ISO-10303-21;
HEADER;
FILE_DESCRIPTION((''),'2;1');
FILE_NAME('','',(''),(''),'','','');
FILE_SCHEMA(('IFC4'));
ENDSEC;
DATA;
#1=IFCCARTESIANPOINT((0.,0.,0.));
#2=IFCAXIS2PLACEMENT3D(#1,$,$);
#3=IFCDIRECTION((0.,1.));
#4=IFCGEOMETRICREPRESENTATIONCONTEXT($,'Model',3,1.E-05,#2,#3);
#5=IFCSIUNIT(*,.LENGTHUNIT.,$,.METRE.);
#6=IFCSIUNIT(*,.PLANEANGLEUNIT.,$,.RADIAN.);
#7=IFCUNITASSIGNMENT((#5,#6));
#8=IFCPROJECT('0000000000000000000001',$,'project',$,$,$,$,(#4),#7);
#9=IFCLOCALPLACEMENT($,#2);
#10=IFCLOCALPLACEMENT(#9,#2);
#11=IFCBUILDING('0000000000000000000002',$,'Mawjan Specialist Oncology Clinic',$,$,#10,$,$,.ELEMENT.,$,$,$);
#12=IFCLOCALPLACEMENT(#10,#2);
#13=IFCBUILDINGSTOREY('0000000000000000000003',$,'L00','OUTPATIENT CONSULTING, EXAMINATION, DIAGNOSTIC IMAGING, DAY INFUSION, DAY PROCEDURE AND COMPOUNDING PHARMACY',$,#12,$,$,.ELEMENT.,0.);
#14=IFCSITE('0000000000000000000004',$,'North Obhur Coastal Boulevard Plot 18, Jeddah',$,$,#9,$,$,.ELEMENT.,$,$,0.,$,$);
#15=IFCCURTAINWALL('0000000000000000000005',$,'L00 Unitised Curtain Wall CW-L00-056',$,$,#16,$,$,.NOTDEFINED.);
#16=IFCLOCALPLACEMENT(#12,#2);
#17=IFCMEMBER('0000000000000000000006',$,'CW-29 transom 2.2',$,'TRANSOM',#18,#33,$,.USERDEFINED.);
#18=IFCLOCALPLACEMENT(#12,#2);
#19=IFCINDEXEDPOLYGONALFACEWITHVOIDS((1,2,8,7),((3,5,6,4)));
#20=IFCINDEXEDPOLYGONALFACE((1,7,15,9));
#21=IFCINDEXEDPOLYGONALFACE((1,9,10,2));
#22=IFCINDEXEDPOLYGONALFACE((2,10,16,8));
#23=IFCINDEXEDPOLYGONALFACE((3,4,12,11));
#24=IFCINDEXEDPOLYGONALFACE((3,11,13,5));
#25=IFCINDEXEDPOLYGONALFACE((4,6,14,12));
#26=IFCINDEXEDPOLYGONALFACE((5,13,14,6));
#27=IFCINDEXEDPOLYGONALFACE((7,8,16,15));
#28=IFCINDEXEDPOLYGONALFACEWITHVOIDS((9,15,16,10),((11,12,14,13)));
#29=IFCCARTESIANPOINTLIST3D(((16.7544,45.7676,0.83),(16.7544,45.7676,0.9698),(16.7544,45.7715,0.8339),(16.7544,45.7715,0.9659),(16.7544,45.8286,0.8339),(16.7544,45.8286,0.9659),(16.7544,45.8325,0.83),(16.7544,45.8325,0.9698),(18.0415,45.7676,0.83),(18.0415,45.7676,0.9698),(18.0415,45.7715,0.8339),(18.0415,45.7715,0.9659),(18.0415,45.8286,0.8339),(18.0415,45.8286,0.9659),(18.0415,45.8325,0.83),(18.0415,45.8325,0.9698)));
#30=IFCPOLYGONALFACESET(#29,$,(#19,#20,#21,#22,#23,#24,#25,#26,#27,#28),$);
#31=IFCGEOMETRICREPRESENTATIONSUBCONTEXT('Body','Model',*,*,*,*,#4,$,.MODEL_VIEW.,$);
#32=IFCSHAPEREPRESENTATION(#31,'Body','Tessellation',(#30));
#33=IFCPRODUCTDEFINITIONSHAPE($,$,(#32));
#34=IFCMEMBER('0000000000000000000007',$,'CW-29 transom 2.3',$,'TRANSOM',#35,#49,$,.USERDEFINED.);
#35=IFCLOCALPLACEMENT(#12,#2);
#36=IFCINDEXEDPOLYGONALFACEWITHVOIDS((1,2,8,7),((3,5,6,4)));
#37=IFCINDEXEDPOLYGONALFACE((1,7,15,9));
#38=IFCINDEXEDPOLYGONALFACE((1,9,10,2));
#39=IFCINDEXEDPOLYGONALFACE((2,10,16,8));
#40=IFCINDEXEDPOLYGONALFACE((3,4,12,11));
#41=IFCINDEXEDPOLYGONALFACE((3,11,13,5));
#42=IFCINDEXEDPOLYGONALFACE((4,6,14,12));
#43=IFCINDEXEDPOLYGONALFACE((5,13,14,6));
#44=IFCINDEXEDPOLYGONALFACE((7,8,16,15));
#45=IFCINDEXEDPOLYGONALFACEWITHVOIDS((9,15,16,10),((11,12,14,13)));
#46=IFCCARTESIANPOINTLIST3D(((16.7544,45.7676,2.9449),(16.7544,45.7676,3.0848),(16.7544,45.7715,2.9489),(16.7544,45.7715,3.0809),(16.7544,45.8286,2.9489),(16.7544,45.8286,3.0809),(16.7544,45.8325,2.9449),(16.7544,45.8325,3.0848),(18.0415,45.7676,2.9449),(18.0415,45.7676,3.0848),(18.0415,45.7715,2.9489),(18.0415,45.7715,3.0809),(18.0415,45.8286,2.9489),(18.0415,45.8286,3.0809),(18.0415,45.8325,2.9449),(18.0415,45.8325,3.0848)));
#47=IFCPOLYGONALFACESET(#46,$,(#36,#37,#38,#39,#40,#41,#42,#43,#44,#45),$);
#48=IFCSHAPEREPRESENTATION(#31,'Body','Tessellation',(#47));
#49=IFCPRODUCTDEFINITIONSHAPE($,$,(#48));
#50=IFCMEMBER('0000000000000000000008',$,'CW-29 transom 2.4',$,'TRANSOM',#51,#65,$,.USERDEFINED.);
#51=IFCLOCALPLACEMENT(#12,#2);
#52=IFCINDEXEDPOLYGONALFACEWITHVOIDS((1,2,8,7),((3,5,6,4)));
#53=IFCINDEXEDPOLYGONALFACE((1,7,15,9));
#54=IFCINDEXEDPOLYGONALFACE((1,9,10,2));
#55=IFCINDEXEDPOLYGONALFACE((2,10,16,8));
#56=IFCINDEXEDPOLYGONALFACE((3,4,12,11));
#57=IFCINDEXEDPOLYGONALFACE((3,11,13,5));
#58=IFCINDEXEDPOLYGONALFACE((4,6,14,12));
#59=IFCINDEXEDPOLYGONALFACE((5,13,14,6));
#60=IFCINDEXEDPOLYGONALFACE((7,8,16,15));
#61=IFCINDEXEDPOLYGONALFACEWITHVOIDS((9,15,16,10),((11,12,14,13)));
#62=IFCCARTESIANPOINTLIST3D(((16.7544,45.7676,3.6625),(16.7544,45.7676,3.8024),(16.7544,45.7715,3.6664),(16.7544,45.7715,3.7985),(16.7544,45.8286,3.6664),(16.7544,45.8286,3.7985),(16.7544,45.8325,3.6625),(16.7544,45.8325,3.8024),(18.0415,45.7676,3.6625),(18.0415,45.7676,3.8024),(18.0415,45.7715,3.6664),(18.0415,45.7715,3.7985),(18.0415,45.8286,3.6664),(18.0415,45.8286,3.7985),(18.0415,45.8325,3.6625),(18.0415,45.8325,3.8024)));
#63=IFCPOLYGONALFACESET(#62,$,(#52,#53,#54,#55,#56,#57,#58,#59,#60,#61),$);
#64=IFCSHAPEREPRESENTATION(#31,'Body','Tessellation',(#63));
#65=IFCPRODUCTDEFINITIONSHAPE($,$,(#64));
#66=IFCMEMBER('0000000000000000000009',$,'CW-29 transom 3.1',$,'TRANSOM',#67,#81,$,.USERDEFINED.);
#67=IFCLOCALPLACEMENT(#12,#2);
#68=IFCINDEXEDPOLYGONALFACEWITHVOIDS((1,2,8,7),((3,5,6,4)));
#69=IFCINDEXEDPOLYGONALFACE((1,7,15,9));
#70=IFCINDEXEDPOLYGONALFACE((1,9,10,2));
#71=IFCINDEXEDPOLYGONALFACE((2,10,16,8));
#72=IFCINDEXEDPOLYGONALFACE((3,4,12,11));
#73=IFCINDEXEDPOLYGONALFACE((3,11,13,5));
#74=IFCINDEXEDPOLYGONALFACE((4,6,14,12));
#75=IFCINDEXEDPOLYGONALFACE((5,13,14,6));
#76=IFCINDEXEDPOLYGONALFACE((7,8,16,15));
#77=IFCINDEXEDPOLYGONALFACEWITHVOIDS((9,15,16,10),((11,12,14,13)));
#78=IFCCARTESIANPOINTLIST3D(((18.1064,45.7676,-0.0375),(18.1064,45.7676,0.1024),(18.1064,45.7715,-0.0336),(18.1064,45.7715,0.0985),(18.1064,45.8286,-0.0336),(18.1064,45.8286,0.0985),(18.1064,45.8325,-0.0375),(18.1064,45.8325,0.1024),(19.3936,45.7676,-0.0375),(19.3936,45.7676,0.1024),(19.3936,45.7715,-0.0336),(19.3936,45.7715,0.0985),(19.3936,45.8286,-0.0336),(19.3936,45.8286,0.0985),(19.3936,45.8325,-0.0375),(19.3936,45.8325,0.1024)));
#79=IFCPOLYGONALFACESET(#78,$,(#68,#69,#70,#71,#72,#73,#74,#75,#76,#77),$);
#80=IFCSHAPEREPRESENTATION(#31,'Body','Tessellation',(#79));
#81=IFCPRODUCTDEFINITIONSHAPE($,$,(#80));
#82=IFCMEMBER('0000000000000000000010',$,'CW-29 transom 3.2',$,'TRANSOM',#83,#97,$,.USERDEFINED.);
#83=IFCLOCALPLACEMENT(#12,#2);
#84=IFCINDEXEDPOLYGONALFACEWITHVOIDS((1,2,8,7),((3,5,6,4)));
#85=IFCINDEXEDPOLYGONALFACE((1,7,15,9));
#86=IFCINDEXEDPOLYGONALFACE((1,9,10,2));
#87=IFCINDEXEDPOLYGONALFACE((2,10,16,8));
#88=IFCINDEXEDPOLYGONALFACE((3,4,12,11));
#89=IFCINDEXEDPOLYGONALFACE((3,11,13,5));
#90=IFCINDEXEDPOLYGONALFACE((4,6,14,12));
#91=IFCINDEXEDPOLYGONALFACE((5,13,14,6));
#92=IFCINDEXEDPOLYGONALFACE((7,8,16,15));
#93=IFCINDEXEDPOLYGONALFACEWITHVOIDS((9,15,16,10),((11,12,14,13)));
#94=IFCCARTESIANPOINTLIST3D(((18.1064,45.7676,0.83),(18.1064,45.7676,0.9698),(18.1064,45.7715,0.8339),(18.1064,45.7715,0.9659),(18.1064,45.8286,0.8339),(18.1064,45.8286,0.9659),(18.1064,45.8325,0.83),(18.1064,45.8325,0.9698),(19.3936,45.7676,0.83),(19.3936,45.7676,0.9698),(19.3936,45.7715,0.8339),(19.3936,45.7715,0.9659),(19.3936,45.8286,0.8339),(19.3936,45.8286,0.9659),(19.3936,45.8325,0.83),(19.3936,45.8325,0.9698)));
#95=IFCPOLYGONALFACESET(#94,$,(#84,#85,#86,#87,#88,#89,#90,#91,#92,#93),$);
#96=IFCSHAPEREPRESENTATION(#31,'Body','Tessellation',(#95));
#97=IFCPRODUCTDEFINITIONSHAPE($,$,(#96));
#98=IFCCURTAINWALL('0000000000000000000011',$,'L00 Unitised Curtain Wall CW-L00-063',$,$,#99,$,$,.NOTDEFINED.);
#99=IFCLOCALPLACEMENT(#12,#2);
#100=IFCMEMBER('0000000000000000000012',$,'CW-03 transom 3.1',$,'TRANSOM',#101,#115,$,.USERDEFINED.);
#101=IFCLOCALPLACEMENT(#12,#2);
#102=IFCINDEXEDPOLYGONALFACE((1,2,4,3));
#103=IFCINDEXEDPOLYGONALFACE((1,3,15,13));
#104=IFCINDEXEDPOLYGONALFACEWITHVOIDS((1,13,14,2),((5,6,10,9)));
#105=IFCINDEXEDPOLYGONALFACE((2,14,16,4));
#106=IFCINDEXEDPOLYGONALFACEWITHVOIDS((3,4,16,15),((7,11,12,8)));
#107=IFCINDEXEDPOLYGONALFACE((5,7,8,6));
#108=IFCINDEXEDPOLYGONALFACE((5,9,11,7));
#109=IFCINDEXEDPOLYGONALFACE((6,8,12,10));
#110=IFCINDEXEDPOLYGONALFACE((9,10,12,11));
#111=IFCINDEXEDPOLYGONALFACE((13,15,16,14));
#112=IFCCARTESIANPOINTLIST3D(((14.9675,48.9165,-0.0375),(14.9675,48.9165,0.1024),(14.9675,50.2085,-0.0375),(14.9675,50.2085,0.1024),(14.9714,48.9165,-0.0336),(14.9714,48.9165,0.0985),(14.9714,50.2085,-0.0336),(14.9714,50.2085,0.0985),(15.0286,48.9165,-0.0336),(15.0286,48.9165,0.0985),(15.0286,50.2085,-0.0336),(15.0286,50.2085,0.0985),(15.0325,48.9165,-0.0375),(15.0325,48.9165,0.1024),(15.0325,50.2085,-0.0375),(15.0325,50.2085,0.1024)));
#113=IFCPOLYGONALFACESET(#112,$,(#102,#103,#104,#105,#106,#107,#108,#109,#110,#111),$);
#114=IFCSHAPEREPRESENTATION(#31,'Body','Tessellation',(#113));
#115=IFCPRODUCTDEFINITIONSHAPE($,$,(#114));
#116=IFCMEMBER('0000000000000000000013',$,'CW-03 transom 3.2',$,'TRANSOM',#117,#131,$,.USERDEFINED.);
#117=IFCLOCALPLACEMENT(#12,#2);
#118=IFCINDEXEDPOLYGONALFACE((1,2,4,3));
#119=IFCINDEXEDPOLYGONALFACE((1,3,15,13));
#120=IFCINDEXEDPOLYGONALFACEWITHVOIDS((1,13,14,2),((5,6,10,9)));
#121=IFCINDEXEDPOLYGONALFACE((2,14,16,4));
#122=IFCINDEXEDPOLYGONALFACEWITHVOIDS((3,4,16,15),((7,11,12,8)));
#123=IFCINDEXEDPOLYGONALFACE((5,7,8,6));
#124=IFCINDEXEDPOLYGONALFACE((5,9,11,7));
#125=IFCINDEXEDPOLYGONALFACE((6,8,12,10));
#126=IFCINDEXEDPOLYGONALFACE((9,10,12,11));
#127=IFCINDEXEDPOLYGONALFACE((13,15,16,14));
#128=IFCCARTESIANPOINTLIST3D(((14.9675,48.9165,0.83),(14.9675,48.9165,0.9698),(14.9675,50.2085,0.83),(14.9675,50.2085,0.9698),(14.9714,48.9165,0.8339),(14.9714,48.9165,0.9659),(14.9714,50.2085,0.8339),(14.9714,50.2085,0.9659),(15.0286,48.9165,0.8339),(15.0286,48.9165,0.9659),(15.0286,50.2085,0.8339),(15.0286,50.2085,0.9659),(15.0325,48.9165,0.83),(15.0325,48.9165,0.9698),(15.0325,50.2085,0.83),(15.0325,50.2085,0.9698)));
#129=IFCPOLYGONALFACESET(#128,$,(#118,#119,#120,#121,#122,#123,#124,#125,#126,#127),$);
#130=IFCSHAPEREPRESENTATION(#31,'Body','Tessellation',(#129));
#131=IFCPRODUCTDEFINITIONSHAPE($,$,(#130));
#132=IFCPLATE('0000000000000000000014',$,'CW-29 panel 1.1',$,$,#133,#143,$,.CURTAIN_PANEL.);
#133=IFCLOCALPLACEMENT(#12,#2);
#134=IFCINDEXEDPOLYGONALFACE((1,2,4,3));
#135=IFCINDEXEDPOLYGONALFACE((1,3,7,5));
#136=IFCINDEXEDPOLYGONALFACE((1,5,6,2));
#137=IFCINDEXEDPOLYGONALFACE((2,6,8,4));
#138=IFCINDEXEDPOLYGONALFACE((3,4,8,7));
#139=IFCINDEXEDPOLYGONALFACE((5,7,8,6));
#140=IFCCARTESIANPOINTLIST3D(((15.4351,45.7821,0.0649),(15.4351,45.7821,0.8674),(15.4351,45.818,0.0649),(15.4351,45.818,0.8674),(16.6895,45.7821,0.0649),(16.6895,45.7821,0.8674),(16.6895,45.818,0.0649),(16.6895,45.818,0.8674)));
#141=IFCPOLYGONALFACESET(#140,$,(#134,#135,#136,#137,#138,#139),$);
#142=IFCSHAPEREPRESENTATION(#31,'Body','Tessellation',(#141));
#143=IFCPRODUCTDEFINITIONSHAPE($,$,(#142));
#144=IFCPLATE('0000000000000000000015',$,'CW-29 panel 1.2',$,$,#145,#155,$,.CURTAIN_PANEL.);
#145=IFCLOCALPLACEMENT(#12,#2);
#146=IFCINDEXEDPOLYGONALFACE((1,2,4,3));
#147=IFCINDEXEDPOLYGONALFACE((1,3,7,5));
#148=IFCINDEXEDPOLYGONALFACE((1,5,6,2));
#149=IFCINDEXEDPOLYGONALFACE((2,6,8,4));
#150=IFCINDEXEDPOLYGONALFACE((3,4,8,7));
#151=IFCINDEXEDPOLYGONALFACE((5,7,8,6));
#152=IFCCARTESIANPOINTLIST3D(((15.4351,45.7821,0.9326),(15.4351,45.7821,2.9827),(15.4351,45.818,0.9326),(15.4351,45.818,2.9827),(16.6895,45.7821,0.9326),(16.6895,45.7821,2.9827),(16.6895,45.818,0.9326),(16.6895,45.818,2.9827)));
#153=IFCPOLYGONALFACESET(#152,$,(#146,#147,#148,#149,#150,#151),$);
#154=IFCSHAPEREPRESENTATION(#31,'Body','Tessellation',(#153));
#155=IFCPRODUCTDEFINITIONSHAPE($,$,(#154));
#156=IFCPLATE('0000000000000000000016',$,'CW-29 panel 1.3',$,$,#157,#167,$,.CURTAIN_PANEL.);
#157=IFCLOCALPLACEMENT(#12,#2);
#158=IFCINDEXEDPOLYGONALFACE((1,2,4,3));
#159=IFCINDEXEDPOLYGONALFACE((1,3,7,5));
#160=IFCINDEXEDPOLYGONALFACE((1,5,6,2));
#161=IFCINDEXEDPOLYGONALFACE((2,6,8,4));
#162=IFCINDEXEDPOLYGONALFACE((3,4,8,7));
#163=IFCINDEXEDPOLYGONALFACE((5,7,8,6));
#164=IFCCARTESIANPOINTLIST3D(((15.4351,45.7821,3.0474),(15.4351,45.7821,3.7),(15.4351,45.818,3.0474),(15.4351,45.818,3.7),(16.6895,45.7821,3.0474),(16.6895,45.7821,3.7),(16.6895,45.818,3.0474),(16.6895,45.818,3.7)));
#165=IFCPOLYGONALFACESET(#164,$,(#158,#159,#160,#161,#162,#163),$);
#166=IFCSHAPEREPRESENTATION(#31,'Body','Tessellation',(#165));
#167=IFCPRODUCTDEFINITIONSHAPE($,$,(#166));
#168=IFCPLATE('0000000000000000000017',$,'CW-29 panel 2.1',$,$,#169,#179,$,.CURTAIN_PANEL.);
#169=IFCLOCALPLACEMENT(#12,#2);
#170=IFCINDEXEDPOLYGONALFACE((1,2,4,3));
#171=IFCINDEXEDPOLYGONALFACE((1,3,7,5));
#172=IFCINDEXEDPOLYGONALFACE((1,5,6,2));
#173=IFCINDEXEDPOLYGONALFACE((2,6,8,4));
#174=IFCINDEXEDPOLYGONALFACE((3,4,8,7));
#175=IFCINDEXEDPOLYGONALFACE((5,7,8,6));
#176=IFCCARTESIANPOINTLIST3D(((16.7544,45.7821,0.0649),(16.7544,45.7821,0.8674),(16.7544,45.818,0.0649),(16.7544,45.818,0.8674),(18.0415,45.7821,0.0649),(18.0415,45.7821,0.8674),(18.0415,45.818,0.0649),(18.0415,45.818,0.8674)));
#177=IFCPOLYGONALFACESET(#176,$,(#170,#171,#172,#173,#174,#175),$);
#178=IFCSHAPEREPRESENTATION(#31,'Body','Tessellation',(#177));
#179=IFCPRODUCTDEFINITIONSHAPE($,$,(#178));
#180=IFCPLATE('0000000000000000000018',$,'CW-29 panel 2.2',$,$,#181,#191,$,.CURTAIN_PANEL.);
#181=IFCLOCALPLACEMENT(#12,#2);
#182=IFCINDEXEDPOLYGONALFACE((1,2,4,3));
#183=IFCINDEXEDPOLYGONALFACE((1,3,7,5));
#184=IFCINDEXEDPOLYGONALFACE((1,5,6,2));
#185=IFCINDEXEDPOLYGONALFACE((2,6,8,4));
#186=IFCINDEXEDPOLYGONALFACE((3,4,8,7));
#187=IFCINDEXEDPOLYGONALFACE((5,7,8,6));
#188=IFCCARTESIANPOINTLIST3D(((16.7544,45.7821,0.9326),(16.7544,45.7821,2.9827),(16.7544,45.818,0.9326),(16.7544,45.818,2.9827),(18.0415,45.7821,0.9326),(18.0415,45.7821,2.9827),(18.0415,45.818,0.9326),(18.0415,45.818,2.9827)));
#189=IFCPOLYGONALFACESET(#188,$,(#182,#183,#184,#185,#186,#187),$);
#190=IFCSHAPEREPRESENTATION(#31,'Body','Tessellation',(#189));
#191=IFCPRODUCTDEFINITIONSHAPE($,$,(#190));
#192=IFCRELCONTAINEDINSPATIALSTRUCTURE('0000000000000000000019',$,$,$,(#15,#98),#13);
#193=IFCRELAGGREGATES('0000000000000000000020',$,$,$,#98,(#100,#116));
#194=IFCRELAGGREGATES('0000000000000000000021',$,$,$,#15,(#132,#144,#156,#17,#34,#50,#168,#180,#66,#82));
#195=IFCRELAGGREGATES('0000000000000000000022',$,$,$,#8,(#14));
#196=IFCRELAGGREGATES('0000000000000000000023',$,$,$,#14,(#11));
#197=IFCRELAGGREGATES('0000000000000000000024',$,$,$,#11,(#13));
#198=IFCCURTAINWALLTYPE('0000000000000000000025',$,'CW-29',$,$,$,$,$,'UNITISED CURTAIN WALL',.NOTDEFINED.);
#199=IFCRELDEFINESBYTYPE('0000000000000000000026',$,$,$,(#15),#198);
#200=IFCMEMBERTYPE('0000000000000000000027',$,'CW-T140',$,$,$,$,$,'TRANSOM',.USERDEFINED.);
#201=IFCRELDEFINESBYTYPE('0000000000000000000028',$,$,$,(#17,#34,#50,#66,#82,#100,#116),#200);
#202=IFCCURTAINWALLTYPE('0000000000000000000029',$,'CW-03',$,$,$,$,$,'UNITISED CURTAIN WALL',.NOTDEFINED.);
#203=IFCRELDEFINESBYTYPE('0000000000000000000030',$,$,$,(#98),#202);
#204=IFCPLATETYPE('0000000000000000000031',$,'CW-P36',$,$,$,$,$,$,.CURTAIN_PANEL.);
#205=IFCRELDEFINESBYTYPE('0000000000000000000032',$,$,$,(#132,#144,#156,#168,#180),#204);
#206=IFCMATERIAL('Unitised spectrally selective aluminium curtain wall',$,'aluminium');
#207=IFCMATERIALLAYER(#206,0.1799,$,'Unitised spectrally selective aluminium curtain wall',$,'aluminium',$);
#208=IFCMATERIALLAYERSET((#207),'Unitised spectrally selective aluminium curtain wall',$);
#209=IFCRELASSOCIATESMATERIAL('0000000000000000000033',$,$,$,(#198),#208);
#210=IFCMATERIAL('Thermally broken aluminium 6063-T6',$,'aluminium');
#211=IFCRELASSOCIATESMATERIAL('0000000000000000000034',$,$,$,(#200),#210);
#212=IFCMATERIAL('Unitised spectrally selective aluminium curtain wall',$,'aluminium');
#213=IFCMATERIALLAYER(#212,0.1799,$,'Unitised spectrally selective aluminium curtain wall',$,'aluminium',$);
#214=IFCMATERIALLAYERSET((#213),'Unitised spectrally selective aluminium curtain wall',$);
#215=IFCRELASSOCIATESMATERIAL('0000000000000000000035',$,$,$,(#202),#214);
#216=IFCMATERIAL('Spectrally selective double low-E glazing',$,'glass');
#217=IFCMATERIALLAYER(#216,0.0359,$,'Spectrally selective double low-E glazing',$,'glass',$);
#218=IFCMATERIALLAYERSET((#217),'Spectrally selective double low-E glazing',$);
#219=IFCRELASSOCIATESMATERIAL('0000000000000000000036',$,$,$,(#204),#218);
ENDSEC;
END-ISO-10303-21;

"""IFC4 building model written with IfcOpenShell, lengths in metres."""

from ifc_helpers import new_model, si_unit, direction, frame, origin, origin_2d, place, context, subcontext, project, spatial, rectangle, hollow_rectangle, extrude, material, layer, layer_set, material_profile, profile_set, type_object, element, aggregate, save


model = new_model("IFC4")

# Units and contexts
model_context = context("Model", 3, precision=1e-05, world=origin(), true_north=direction((0.0, 1.0)))
body_context = subcontext(model_context, "Body", "Model", "MODEL_VIEW")
ifc_project = project(units=[si_unit("LENGTHUNIT", "METRE"), si_unit("PLANEANGLEUNIT", "RADIAN")], contexts=[model_context])

# Site, building, storey
site_placement = place(None, origin())
site = spatial("IfcSite", under=ifc_project, at=site_placement, Name="North Obhur Coastal Boulevard Plot 18, Jeddah", CompositionType="ELEMENT", RefElevation=0.0)
building_placement = place(site_placement, origin())
building = spatial("IfcBuilding", under=site, at=building_placement, Name="Mawjan Specialist Oncology Clinic", CompositionType="ELEMENT")
storey_placement = place(building_placement, origin())
storey = spatial("IfcBuildingStorey", under=building, at=storey_placement, Name="L00", Description="OUTPATIENT CONSULTING, EXAMINATION, DIAGNOSTIC IMAGING, DAY INFUSION, DAY PROCEDURE AND COMPOUNDING PHARMACY", CompositionType="ELEMENT", Elevation=0.0)

# Curtain walls, members
ifc_material_1 = material(Name="Unitised spectrally selective aluminium curtain wall", Category="aluminium")
ifc_layer_1 = layer(ifc_material_1, 0.1799, Name="Unitised spectrally selective aluminium curtain wall", Category="aluminium")
ifc_layer_set_1 = layer_set([ifc_layer_1], Name="Unitised spectrally selective aluminium curtain wall")
curtain_wall_type_1 = type_object("IfcCurtainWallType", Name="CW-29", ElementType="UNITISED CURTAIN WALL", PredefinedType="NOTDEFINED", material=ifc_layer_set_1)
curtain_wall_1_placement = place(storey_placement, origin())
curtain_wall_1 = element("IfcCurtainWall", 1, at=curtain_wall_1_placement, inside=storey, type_object=curtain_wall_type_1, Name="L00 Unitised Curtain Wall CW-L00-056", PredefinedType="NOTDEFINED")
ifc_material_2 = material(Name="Thermally broken aluminium 6063-T6", Category="aluminium")
ifc_material_profile_1 = material_profile(ifc_material_2, hollow_rectangle(XDim=0.0649, YDim=0.1399, WallThickness=0.0039, at=origin_2d()), Name="ALU TRANSOM 140x65x4", Category="aluminium")
ifc_profile_set_1 = profile_set([ifc_material_profile_1], Name="Thermally broken aluminium 6063-T6")
member_type_1 = type_object("IfcMemberType", Name="CW-T140", ElementType="TRANSOM", PredefinedType="USERDEFINED", material=ifc_profile_set_1)
member_1_placement = place(storey_placement, frame((16.7544, 45.8, 0.8999), z_axis=(1.0, 0.0, 0.0), x_axis=(0.0, 1.0, 0.0)))
member_1 = element("IfcMember", 2, at=member_1_placement, type_object=member_type_1, Name="CW-29 transom 2.2", ObjectType="TRANSOM", PredefinedType="USERDEFINED", context=body_context, shape_type="SweptSolid", body=[
    extrude(hollow_rectangle(XDim=0.0649, YDim=0.1399, WallThickness=0.0039, at=origin_2d()), origin(), (0.0, 0.0, 1.0), 1.2871),
])
member_2_placement = place(storey_placement, frame((16.7544, 45.8, 3.0149), z_axis=(1.0, 0.0, 0.0), x_axis=(0.0, 1.0, 0.0)))
member_2 = element("IfcMember", 3, at=member_2_placement, type_object=member_type_1, Name="CW-29 transom 2.3", ObjectType="TRANSOM", PredefinedType="USERDEFINED", context=body_context, shape_type="SweptSolid", body=[
    extrude(hollow_rectangle(XDim=0.0649, YDim=0.1399, WallThickness=0.0039, at=origin_2d()), origin(), (0.0, 0.0, 1.0), 1.2871),
])
member_3_placement = place(storey_placement, frame((16.7544, 45.8, 3.7324), z_axis=(1.0, 0.0, 0.0), x_axis=(0.0, 1.0, 0.0)))
member_3 = element("IfcMember", 4, at=member_3_placement, type_object=member_type_1, Name="CW-29 transom 2.4", ObjectType="TRANSOM", PredefinedType="USERDEFINED", context=body_context, shape_type="SweptSolid", body=[
    extrude(hollow_rectangle(XDim=0.0649, YDim=0.1399, WallThickness=0.0039, at=origin_2d()), origin(), (0.0, 0.0, 1.0), 1.2871),
])
member_4_placement = place(storey_placement, frame((18.1064, 45.8, 0.0325), z_axis=(1.0, 0.0, 0.0), x_axis=(0.0, 1.0, 0.0)))
member_4 = element("IfcMember", 5, at=member_4_placement, type_object=member_type_1, Name="CW-29 transom 3.1", ObjectType="TRANSOM", PredefinedType="USERDEFINED", context=body_context, shape_type="SweptSolid", body=[
    extrude(hollow_rectangle(XDim=0.0649, YDim=0.1399, WallThickness=0.0039, at=origin_2d()), origin(), (0.0, 0.0, 1.0), 1.2871),
])
member_5_placement = place(storey_placement, frame((18.1064, 45.8, 0.8999), z_axis=(1.0, 0.0, 0.0), x_axis=(0.0, 1.0, 0.0)))
member_5 = element("IfcMember", 6, at=member_5_placement, type_object=member_type_1, Name="CW-29 transom 3.2", ObjectType="TRANSOM", PredefinedType="USERDEFINED", context=body_context, shape_type="SweptSolid", body=[
    extrude(hollow_rectangle(XDim=0.0649, YDim=0.1399, WallThickness=0.0039, at=origin_2d()), origin(), (0.0, 0.0, 1.0), 1.2871),
])
ifc_material_3 = material(Name="Unitised spectrally selective aluminium curtain wall", Category="aluminium")
ifc_layer_2 = layer(ifc_material_3, 0.1799, Name="Unitised spectrally selective aluminium curtain wall", Category="aluminium")
ifc_layer_set_2 = layer_set([ifc_layer_2], Name="Unitised spectrally selective aluminium curtain wall")
curtain_wall_type_2 = type_object("IfcCurtainWallType", Name="CW-03", ElementType="UNITISED CURTAIN WALL", PredefinedType="NOTDEFINED", material=ifc_layer_set_2)
curtain_wall_2_placement = place(storey_placement, origin())
curtain_wall_2 = element("IfcCurtainWall", 7, at=curtain_wall_2_placement, inside=storey, type_object=curtain_wall_type_2, Name="L00 Unitised Curtain Wall CW-L00-063", PredefinedType="NOTDEFINED")
member_6_placement = place(storey_placement, frame((15.0, 50.2085, 0.0325), z_axis=(0.0, -1.0, 0.0), x_axis=(1.0, 0.0, 0.0)))
member_6 = element("IfcMember", 8, at=member_6_placement, type_object=member_type_1, Name="CW-03 transom 3.1", ObjectType="TRANSOM", PredefinedType="USERDEFINED", context=body_context, shape_type="SweptSolid", body=[
    extrude(hollow_rectangle(XDim=0.0649, YDim=0.1399, WallThickness=0.0039, at=origin_2d()), origin(), (0.0, 0.0, 1.0), 1.292),
])
member_7_placement = place(storey_placement, frame((15.0, 50.2085, 0.8999), z_axis=(0.0, -1.0, 0.0), x_axis=(1.0, 0.0, 0.0)))
member_7 = element("IfcMember", 9, at=member_7_placement, type_object=member_type_1, Name="CW-03 transom 3.2", ObjectType="TRANSOM", PredefinedType="USERDEFINED", context=body_context, shape_type="SweptSolid", body=[
    extrude(hollow_rectangle(XDim=0.0649, YDim=0.1399, WallThickness=0.0039, at=origin_2d()), origin(), (0.0, 0.0, 1.0), 1.292),
])
aggregate(curtain_wall_2, [member_6, member_7])

# Plates
ifc_material_4 = material(Name="Spectrally selective double low-E glazing", Category="glass")
ifc_layer_3 = layer(ifc_material_4, 0.0359, Name="Spectrally selective double low-E glazing", Category="glass")
ifc_layer_set_3 = layer_set([ifc_layer_3], Name="Spectrally selective double low-E glazing")
plate_type = type_object("IfcPlateType", Name="CW-P36", PredefinedType="CURTAIN_PANEL", material=ifc_layer_set_3)
plate_1_placement = place(storey_placement, frame((16.0623, 45.8, 0.0649), z_axis=(0.0, 0.0, 1.0), x_axis=(1.0, 0.0, 0.0)))
plate_1 = element("IfcPlate", 10, at=plate_1_placement, type_object=plate_type, Name="CW-29 panel 1.1", PredefinedType="CURTAIN_PANEL", context=body_context, shape_type="SweptSolid", body=[
    extrude(rectangle(XDim=1.2544, YDim=0.0359, at=origin_2d()), origin(), (0.0, 0.0, 1.0), 0.8025),
])
plate_2_placement = place(storey_placement, frame((16.0623, 45.8, 0.9326), z_axis=(0.0, 0.0, 1.0), x_axis=(1.0, 0.0, 0.0)))
plate_2 = element("IfcPlate", 11, at=plate_2_placement, type_object=plate_type, Name="CW-29 panel 1.2", PredefinedType="CURTAIN_PANEL", context=body_context, shape_type="SweptSolid", body=[
    extrude(rectangle(XDim=1.2544, YDim=0.0359, at=origin_2d()), origin(), (0.0, 0.0, 1.0), 2.05),
])
plate_3_placement = place(storey_placement, frame((16.0623, 45.8, 3.0474), z_axis=(0.0, 0.0, 1.0), x_axis=(1.0, 0.0, 0.0)))
plate_3 = element("IfcPlate", 12, at=plate_3_placement, type_object=plate_type, Name="CW-29 panel 1.3", PredefinedType="CURTAIN_PANEL", context=body_context, shape_type="SweptSolid", body=[
    extrude(rectangle(XDim=1.2544, YDim=0.0359, at=origin_2d()), origin(), (0.0, 0.0, 1.0), 0.6526),
])
plate_4_placement = place(storey_placement, frame((17.3979, 45.8, 0.0649), z_axis=(0.0, 0.0, 1.0), x_axis=(1.0, 0.0, 0.0)))
plate_4 = element("IfcPlate", 13, at=plate_4_placement, type_object=plate_type, Name="CW-29 panel 2.1", PredefinedType="CURTAIN_PANEL", context=body_context, shape_type="SweptSolid", body=[
    extrude(rectangle(XDim=1.2871, YDim=0.0359, at=origin_2d()), origin(), (0.0, 0.0, 1.0), 0.8025),
])
plate_5_placement = place(storey_placement, frame((17.3979, 45.8, 0.9326), z_axis=(0.0, 0.0, 1.0), x_axis=(1.0, 0.0, 0.0)))
plate_5 = element("IfcPlate", 14, at=plate_5_placement, type_object=plate_type, Name="CW-29 panel 2.2", PredefinedType="CURTAIN_PANEL", context=body_context, shape_type="SweptSolid", body=[
    extrude(rectangle(XDim=1.2871, YDim=0.0359, at=origin_2d()), origin(), (0.0, 0.0, 1.0), 2.05),
])
aggregate(curtain_wall_1, [plate_1, plate_2, plate_3, member_1, member_2, member_3, plate_4, plate_5, member_4, member_5])

save(model, "model.ifc")
